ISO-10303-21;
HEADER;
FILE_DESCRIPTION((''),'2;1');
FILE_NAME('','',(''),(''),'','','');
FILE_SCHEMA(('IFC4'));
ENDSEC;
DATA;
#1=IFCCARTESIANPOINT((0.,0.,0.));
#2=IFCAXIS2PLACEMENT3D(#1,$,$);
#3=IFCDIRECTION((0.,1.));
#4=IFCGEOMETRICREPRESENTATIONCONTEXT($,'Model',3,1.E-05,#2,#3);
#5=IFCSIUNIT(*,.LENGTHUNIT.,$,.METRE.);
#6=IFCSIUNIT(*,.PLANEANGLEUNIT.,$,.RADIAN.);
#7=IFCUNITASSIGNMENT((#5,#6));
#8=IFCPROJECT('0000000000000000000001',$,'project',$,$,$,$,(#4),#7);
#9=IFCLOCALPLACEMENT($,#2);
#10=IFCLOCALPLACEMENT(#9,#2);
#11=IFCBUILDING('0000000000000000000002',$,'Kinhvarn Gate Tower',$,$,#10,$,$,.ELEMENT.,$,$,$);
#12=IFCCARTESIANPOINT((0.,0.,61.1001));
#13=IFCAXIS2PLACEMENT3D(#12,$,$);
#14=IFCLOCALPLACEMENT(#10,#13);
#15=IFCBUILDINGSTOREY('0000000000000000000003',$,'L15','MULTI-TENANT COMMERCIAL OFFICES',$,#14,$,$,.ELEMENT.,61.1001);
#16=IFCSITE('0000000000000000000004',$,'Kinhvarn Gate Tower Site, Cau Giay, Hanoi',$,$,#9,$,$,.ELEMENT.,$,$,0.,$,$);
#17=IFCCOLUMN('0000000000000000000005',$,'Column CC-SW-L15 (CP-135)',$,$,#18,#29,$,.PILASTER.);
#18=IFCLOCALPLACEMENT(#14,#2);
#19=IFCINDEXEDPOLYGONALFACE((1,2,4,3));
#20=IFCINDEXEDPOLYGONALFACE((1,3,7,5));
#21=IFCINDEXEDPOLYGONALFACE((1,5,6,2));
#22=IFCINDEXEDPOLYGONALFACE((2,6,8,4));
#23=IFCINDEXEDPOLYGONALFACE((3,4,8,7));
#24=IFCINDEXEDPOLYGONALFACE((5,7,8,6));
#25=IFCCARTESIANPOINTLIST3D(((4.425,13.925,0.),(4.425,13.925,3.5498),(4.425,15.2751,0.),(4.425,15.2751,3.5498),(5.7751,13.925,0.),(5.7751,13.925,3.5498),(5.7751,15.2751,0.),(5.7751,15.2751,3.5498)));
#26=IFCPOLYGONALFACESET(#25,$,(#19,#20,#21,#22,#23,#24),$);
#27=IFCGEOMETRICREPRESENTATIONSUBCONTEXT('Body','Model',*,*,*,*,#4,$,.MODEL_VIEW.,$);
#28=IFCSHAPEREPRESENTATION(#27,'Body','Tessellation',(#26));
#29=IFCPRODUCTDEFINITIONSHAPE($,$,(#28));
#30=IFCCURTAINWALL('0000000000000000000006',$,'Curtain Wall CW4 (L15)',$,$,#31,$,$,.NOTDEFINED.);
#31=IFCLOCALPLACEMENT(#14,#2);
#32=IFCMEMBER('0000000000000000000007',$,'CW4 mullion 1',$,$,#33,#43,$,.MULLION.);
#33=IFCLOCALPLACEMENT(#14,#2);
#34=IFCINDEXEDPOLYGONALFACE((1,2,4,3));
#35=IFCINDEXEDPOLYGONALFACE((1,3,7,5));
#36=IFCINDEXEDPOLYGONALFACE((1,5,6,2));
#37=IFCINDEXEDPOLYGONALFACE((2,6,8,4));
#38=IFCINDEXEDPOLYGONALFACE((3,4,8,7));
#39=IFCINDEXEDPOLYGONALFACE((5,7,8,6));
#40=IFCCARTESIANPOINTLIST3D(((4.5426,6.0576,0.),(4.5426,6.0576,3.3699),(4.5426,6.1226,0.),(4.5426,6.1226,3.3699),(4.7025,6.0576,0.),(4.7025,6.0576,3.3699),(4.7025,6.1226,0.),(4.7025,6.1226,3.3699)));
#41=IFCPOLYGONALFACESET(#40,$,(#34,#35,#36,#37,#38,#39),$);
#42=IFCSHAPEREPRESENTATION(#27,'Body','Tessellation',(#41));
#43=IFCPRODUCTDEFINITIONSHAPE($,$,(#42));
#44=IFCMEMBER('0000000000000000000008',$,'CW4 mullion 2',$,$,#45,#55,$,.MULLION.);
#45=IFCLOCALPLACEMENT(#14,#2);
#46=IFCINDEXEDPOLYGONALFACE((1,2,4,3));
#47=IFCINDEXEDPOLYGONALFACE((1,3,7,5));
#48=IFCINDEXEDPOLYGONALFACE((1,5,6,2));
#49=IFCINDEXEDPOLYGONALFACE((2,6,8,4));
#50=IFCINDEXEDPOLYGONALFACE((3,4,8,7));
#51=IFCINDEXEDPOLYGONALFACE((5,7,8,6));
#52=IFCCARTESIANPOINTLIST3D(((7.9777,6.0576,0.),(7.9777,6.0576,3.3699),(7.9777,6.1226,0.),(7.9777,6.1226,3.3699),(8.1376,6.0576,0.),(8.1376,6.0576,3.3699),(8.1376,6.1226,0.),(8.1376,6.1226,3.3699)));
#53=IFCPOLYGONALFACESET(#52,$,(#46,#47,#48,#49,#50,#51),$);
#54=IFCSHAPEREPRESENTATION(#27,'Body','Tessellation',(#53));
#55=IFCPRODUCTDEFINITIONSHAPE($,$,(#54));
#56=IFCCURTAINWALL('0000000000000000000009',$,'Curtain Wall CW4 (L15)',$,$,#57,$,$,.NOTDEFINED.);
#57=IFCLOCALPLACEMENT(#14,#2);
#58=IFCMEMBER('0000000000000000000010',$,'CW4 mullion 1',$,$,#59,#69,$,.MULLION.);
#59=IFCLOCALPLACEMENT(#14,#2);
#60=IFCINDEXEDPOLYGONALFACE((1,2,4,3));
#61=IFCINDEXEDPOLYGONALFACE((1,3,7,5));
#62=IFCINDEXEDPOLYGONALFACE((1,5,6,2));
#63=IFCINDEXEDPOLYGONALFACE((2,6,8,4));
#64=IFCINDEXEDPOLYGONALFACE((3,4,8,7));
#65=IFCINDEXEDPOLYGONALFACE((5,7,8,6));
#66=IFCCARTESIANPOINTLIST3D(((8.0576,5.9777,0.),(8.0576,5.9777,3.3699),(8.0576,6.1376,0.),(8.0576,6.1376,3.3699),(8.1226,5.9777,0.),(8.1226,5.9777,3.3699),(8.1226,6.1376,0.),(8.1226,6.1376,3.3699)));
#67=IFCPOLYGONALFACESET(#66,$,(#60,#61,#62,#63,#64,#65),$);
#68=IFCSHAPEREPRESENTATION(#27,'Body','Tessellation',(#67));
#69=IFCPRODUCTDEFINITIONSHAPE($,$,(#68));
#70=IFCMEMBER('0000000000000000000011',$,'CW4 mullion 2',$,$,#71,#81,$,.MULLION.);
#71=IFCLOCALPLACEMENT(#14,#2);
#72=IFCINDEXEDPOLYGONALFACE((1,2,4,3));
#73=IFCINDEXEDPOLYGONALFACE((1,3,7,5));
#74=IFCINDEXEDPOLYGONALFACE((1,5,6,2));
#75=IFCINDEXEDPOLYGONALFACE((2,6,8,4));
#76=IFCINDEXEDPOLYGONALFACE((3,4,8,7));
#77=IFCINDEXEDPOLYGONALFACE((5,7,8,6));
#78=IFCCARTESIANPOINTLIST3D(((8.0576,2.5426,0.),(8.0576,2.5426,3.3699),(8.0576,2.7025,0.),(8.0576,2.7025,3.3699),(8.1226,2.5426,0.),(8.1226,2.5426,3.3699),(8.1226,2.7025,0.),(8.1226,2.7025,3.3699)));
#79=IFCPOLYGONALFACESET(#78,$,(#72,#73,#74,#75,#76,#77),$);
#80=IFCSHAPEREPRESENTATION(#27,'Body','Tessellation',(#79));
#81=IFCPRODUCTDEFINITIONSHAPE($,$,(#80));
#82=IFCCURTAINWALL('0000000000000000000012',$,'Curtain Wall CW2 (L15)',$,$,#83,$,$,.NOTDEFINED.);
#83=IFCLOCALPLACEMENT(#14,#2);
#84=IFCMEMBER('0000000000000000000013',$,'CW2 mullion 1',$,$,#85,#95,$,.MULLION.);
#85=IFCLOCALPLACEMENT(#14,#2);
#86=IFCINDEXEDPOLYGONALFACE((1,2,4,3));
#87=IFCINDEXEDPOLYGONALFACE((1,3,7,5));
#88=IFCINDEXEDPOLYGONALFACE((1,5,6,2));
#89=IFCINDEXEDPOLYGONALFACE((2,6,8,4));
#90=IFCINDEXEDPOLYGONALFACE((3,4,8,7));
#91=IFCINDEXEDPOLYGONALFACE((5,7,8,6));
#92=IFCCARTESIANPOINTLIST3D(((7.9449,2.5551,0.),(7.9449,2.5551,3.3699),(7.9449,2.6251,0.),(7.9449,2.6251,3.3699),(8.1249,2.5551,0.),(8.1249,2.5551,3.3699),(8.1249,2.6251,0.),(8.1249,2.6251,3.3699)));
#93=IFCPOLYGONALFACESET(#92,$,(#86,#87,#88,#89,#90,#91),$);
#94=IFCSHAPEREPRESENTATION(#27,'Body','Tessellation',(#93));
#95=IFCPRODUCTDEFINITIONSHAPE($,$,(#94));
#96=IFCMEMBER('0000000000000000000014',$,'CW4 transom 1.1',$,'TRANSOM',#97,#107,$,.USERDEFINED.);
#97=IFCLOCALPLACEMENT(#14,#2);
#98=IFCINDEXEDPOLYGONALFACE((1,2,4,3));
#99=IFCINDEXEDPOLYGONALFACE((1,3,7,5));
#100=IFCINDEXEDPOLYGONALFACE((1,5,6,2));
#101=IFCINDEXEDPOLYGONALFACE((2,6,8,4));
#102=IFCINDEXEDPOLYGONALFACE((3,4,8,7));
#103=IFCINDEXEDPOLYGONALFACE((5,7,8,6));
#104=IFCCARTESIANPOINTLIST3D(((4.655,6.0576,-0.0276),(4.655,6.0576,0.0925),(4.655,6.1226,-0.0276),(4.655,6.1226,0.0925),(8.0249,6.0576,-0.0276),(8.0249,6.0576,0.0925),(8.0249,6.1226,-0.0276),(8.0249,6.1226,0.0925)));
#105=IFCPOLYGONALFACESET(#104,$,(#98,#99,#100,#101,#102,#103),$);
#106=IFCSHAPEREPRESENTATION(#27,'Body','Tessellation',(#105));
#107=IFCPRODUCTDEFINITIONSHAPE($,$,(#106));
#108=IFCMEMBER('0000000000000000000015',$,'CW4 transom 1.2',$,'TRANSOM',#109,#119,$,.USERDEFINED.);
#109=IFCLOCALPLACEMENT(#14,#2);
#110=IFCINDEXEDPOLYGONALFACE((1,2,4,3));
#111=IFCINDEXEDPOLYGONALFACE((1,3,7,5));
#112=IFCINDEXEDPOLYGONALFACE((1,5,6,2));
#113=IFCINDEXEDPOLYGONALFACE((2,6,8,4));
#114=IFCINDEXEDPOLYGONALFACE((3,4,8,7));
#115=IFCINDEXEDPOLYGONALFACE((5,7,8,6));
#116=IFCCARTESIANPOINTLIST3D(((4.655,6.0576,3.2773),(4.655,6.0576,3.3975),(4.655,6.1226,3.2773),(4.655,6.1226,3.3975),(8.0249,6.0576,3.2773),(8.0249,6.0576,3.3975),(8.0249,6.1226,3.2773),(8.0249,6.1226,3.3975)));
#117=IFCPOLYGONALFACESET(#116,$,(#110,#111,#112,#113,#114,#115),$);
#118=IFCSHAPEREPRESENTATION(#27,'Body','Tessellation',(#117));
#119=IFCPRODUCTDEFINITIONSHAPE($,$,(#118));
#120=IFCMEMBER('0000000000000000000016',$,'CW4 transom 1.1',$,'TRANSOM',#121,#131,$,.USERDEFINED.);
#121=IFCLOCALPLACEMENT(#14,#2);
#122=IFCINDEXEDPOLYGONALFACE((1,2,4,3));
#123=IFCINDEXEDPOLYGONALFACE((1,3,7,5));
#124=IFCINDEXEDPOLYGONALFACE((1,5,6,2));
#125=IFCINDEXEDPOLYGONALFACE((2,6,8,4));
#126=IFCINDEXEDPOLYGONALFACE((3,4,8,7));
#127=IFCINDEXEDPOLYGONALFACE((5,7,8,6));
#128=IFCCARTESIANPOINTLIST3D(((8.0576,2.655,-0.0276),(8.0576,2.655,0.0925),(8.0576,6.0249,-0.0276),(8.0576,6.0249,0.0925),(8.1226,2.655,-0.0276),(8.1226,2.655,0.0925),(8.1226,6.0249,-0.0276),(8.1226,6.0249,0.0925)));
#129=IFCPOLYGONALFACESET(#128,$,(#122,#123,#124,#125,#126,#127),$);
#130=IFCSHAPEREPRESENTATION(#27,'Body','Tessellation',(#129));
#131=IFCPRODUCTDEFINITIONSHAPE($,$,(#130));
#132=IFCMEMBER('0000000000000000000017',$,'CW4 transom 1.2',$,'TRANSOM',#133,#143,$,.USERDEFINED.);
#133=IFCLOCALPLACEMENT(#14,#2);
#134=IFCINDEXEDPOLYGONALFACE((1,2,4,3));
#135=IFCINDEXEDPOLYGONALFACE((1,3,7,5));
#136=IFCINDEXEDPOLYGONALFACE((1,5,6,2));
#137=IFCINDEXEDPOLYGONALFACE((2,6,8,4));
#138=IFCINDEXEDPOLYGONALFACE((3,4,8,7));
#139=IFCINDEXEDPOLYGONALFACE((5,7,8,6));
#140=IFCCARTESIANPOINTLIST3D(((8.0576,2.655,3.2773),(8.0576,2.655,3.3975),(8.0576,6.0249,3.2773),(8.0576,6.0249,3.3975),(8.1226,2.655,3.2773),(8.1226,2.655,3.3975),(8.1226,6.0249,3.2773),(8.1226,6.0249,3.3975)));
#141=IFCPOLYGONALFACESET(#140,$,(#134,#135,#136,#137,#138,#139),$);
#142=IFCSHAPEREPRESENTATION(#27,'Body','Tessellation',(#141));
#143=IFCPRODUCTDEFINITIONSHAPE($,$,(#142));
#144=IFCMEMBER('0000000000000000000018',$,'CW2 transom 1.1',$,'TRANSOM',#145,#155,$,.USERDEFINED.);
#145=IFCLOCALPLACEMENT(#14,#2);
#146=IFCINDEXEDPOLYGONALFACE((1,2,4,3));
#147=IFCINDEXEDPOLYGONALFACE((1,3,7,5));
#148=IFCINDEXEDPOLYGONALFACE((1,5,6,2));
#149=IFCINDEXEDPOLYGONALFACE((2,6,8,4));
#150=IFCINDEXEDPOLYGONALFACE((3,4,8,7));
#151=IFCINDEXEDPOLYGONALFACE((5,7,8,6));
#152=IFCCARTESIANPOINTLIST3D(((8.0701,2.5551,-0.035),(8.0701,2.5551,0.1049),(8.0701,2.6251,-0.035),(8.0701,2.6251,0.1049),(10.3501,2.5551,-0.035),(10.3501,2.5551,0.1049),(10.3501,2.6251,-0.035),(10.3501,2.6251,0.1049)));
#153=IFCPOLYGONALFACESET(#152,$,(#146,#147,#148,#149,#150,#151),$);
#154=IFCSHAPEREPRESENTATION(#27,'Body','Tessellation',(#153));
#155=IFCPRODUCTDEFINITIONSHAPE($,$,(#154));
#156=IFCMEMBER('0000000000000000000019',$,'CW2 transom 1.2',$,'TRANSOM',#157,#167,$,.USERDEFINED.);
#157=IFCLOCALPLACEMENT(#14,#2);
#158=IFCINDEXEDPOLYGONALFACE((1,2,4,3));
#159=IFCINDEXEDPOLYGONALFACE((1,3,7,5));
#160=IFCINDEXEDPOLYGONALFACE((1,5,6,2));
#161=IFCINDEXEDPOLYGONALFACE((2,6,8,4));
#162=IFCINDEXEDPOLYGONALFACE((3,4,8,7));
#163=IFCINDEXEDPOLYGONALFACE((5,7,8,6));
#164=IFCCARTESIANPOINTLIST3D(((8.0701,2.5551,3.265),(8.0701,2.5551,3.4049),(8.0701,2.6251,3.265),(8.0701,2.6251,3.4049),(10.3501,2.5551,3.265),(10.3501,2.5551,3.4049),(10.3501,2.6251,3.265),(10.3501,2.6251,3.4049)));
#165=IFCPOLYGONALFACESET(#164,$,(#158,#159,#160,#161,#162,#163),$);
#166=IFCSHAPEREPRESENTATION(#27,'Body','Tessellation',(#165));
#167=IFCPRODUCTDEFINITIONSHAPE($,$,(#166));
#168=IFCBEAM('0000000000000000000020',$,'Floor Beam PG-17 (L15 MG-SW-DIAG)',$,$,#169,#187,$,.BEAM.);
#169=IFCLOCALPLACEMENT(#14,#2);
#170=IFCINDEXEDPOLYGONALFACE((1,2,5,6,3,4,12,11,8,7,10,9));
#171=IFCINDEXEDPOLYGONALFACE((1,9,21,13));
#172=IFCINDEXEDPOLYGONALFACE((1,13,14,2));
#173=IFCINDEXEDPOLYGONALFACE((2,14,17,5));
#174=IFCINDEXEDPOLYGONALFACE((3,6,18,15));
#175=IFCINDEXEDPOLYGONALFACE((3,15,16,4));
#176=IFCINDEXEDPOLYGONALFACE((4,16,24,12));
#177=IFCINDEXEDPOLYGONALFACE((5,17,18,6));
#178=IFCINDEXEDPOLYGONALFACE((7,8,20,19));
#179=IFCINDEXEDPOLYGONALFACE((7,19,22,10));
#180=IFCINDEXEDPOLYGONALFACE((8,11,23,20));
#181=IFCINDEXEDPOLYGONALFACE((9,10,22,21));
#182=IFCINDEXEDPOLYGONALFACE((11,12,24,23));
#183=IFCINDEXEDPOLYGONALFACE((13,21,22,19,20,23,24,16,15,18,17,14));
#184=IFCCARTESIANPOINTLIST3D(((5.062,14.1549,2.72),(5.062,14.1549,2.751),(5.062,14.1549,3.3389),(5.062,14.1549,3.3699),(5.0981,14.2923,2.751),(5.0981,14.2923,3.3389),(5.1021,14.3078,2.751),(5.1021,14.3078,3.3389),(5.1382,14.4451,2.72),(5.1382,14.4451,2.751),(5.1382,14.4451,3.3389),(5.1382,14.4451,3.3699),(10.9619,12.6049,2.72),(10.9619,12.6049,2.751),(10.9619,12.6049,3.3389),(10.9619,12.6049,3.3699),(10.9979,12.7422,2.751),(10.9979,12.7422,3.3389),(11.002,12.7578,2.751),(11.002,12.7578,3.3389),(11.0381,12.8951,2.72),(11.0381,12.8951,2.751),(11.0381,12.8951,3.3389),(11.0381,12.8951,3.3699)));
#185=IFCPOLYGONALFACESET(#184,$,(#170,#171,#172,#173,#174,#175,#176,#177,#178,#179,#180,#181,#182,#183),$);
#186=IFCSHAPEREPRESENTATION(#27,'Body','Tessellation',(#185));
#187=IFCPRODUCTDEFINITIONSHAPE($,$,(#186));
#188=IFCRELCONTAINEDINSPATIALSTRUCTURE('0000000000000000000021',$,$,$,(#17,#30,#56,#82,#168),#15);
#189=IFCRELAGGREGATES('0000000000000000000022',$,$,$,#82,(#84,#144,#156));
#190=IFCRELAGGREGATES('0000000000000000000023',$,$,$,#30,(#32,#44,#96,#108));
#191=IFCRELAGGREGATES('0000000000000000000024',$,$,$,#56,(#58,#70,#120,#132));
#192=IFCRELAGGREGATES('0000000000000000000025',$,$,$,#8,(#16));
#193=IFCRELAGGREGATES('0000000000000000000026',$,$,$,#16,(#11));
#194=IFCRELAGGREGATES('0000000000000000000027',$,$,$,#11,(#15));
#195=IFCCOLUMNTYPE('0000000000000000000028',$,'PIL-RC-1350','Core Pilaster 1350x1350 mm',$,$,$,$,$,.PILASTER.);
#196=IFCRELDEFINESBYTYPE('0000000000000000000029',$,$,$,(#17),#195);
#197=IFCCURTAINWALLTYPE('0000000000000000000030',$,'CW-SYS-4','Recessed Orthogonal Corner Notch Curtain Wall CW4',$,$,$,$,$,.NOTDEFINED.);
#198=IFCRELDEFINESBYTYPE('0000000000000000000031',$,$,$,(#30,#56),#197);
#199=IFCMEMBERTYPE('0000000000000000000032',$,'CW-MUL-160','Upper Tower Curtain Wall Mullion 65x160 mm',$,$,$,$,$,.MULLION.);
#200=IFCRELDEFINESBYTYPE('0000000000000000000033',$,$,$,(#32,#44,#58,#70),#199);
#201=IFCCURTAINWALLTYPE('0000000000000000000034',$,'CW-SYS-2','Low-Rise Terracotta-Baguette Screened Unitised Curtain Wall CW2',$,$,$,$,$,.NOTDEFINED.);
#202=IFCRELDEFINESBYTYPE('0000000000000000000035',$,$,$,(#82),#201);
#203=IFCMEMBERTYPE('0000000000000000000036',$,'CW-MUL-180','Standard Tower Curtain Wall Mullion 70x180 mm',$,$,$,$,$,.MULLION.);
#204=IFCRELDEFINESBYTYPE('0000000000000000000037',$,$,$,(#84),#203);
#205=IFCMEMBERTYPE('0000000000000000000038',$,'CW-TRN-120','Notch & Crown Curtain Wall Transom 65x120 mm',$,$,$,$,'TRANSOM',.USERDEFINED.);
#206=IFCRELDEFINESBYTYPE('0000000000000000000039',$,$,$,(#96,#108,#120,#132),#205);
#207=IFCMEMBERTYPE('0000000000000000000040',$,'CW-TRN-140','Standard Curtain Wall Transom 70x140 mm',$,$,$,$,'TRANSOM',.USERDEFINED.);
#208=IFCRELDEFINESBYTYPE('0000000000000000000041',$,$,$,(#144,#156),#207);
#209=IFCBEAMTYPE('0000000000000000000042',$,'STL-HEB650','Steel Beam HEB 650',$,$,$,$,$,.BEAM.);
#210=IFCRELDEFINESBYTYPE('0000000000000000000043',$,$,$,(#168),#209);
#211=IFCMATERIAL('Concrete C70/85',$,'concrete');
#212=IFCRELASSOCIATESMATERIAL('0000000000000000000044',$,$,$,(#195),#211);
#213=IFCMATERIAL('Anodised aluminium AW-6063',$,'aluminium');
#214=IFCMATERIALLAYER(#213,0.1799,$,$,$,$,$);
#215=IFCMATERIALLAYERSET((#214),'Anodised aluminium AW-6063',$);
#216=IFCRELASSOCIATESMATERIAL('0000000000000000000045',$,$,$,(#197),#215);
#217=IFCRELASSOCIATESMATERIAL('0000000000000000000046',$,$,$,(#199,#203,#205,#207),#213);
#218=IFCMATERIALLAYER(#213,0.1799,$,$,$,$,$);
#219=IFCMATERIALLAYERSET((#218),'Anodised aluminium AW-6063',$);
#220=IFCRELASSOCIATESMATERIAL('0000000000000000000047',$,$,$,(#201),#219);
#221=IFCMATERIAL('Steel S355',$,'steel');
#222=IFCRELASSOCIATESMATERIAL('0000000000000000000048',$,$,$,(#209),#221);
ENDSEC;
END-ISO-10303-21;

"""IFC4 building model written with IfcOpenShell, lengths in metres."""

from ifc_helpers import new_model, si_unit, direction, frame, origin, origin_2d, place, context, subcontext, project, spatial, rectangle, i_section, extrude, material, layer, layer_set, material_profile, profile_set, type_object, element, aggregate, save


model = new_model("IFC4")

# Units and contexts
model_context = context("Model", 3, precision=1e-05, world=origin(), true_north=direction((0.0, 1.0)))
body_context = subcontext(model_context, "Body", "Model", "MODEL_VIEW")
ifc_project = project(units=[si_unit("LENGTHUNIT", "METRE"), si_unit("PLANEANGLEUNIT", "RADIAN")], contexts=[model_context])

# Site, building, storey
site_placement = place(None, origin())
site = spatial("IfcSite", under=ifc_project, at=site_placement, Name="Kinhvarn Gate Tower Site, Cau Giay, Hanoi", CompositionType="ELEMENT", RefElevation=0.0)
building_placement = place(site_placement, origin())
building = spatial("IfcBuilding", under=site, at=building_placement, Name="Kinhvarn Gate Tower", CompositionType="ELEMENT")
storey_placement = place(building_placement, frame((0.0, 0.0, 61.1001)))
storey = spatial("IfcBuildingStorey", under=building, at=storey_placement, Name="L15", Description="MULTI-TENANT COMMERCIAL OFFICES", CompositionType="ELEMENT", Elevation=61.1001)

# Column
ifc_material_1 = material(Name="Concrete C70/85", Category="concrete")
ifc_material_profile_1 = material_profile(ifc_material_1, rectangle(XDim=1.3501, YDim=1.3501, at=origin_2d()), Name="RC 1350x1350")
ifc_profile_set_1 = profile_set([ifc_material_profile_1], Name="Concrete C70/85")
column_type = type_object("IfcColumnType", Name="PIL-RC-1350", Description="Core Pilaster 1350x1350 mm", PredefinedType="PILASTER", material=ifc_profile_set_1)
column_placement = place(storey_placement, frame((5.1001, 14.6001, 0.0), z_axis=(0.0, 0.0, 1.0), x_axis=(1.0, 0.0, 0.0)))
element("IfcColumn", 1, at=column_placement, inside=storey, type_object=column_type, Name="Column CC-SW-L15 (CP-135)", PredefinedType="PILASTER", context=body_context, shape_type="SweptSolid", body=[
    extrude(rectangle(XDim=1.3501, YDim=1.3501, at=origin_2d()), origin(), (0.0, 0.0, 1.0), 3.5498),
])

# Curtain walls, members
ifc_material_2 = material(Name="Anodised aluminium AW-6063", Category="aluminium")
ifc_layer_1 = layer(ifc_material_2, 0.1799)
ifc_layer_set_1 = layer_set([ifc_layer_1], Name="Anodised aluminium AW-6063")
curtain_wall_type_1 = type_object("IfcCurtainWallType", Name="CW-SYS-4", Description="Recessed Orthogonal Corner Notch Curtain Wall CW4", PredefinedType="NOTDEFINED", material=ifc_layer_set_1)
curtain_wall_1_placement = place(storey_placement, origin())
curtain_wall_1 = element("IfcCurtainWall", 2, at=curtain_wall_1_placement, inside=storey, type_object=curtain_wall_type_1, Name="Curtain Wall CW4 (L15)", PredefinedType="NOTDEFINED")
ifc_material_profile_2 = material_profile(ifc_material_2, rectangle(XDim=0.0649, YDim=0.1599, at=origin_2d()), Name="ALU 65x160")
ifc_profile_set_2 = profile_set([ifc_material_profile_2], Name="Anodised aluminium AW-6063")
member_type_1 = type_object("IfcMemberType", Name="CW-MUL-160", Description="Upper Tower Curtain Wall Mullion 65x160 mm", PredefinedType="MULLION", material=ifc_profile_set_2)
member_1_placement = place(storey_placement, frame((4.6226, 6.0901, 0.0), z_axis=(0.0, 0.0, 1.0), x_axis=(0.0, 1.0, 0.0)))
member_1 = element("IfcMember", 3, at=member_1_placement, type_object=member_type_1, Name="CW4 mullion 1", PredefinedType="MULLION", context=body_context, shape_type="SweptSolid", body=[
    extrude(rectangle(XDim=0.0649, YDim=0.1599, at=origin_2d()), origin(), (0.0, 0.0, 1.0), 3.3699),
])
member_2_placement = place(storey_placement, frame((8.0576, 6.0901, 0.0), z_axis=(0.0, 0.0, 1.0), x_axis=(0.0, 1.0, 0.0)))
member_2 = element("IfcMember", 4, at=member_2_placement, type_object=member_type_1, Name="CW4 mullion 2", PredefinedType="MULLION", context=body_context, shape_type="SweptSolid", body=[
    extrude(rectangle(XDim=0.0649, YDim=0.1599, at=origin_2d()), origin(), (0.0, 0.0, 1.0), 3.3699),
])
curtain_wall_2_placement = place(storey_placement, origin())
curtain_wall_2 = element("IfcCurtainWall", 5, at=curtain_wall_2_placement, inside=storey, type_object=curtain_wall_type_1, Name="Curtain Wall CW4 (L15)", PredefinedType="NOTDEFINED")
member_3_placement = place(storey_placement, frame((8.0901, 6.0576, 0.0), z_axis=(0.0, 0.0, 1.0), x_axis=(1.0, 0.0, 0.0)))
member_3 = element("IfcMember", 6, at=member_3_placement, type_object=member_type_1, Name="CW4 mullion 1", PredefinedType="MULLION", context=body_context, shape_type="SweptSolid", body=[
    extrude(rectangle(XDim=0.0649, YDim=0.1599, at=origin_2d()), origin(), (0.0, 0.0, 1.0), 3.3699),
])
member_4_placement = place(storey_placement, frame((8.0901, 2.6226, 0.0), z_axis=(0.0, 0.0, 1.0), x_axis=(1.0, 0.0, 0.0)))
member_4 = element("IfcMember", 7, at=member_4_placement, type_object=member_type_1, Name="CW4 mullion 2", PredefinedType="MULLION", context=body_context, shape_type="SweptSolid", body=[
    extrude(rectangle(XDim=0.0649, YDim=0.1599, at=origin_2d()), origin(), (0.0, 0.0, 1.0), 3.3699),
])

# Curtain wall, member
ifc_layer_2 = layer(ifc_material_2, 0.1799)
ifc_layer_set_2 = layer_set([ifc_layer_2], Name="Anodised aluminium AW-6063")
curtain_wall_type_2 = type_object("IfcCurtainWallType", Name="CW-SYS-2", Description="Low-Rise Terracotta-Baguette Screened Unitised Curtain Wall CW2", PredefinedType="NOTDEFINED", material=ifc_layer_set_2)
curtain_wall_3_placement = place(storey_placement, origin())
curtain_wall_3 = element("IfcCurtainWall", 8, at=curtain_wall_3_placement, inside=storey, type_object=curtain_wall_type_2, Name="Curtain Wall CW2 (L15)", PredefinedType="NOTDEFINED")
ifc_material_profile_3 = material_profile(ifc_material_2, rectangle(XDim=0.0701, YDim=0.1799, at=origin_2d()), Name="ALU 70x180")
ifc_profile_set_3 = profile_set([ifc_material_profile_3], Name="Anodised aluminium AW-6063")
member_type_2 = type_object("IfcMemberType", Name="CW-MUL-180", Description="Standard Tower Curtain Wall Mullion 70x180 mm", PredefinedType="MULLION", material=ifc_profile_set_3)
member_5_placement = place(storey_placement, frame((8.0349, 2.5901, 0.0), z_axis=(0.0, 0.0, 1.0), x_axis=(0.0, 1.0, 0.0)))
member_5 = element("IfcMember", 9, at=member_5_placement, type_object=member_type_2, Name="CW2 mullion 1", PredefinedType="MULLION", context=body_context, shape_type="SweptSolid", body=[
    extrude(rectangle(XDim=0.0701, YDim=0.1799, at=origin_2d()), origin(), (0.0, 0.0, 1.0), 3.3699),
])

# Members
ifc_material_profile_4 = material_profile(ifc_material_2, rectangle(XDim=0.0649, YDim=0.1201, at=origin_2d()), Name="ALU 65x120")
ifc_profile_set_4 = profile_set([ifc_material_profile_4], Name="Anodised aluminium AW-6063")
member_type_3 = type_object("IfcMemberType", Name="CW-TRN-120", Description="Notch & Crown Curtain Wall Transom 65x120 mm", ElementType="TRANSOM", PredefinedType="USERDEFINED", material=ifc_profile_set_4)
member_6_placement = place(storey_placement, frame((4.655, 6.0901, 0.0325), z_axis=(1.0, 0.0, 0.0), x_axis=(0.0, 1.0, 0.0)))
member_6 = element("IfcMember", 10, at=member_6_placement, type_object=member_type_3, Name="CW4 transom 1.1", ObjectType="TRANSOM", PredefinedType="USERDEFINED", context=body_context, shape_type="SweptSolid", body=[
    extrude(rectangle(XDim=0.0649, YDim=0.1201, at=origin_2d()), origin(), (0.0, 0.0, 1.0), 3.3699),
])
member_7_placement = place(storey_placement, frame((4.655, 6.0901, 3.3374), z_axis=(1.0, 0.0, 0.0), x_axis=(0.0, 1.0, 0.0)))
member_7 = element("IfcMember", 11, at=member_7_placement, type_object=member_type_3, Name="CW4 transom 1.2", ObjectType="TRANSOM", PredefinedType="USERDEFINED", context=body_context, shape_type="SweptSolid", body=[
    extrude(rectangle(XDim=0.0649, YDim=0.1201, at=origin_2d()), origin(), (0.0, 0.0, 1.0), 3.3699),
])
member_8_placement = place(storey_placement, frame((8.0901, 6.0249, 0.0325), z_axis=(0.0, -1.0, 0.0), x_axis=(1.0, 0.0, 0.0)))
member_8 = element("IfcMember", 12, at=member_8_placement, type_object=member_type_3, Name="CW4 transom 1.1", ObjectType="TRANSOM", PredefinedType="USERDEFINED", context=body_context, shape_type="SweptSolid", body=[
    extrude(rectangle(XDim=0.0649, YDim=0.1201, at=origin_2d()), origin(), (0.0, 0.0, 1.0), 3.3699),
])
member_9_placement = place(storey_placement, frame((8.0901, 6.0249, 3.3374), z_axis=(0.0, -1.0, 0.0), x_axis=(1.0, 0.0, 0.0)))
member_9 = element("IfcMember", 13, at=member_9_placement, type_object=member_type_3, Name="CW4 transom 1.2", ObjectType="TRANSOM", PredefinedType="USERDEFINED", context=body_context, shape_type="SweptSolid", body=[
    extrude(rectangle(XDim=0.0649, YDim=0.1201, at=origin_2d()), origin(), (0.0, 0.0, 1.0), 3.3699),
])
ifc_material_profile_5 = material_profile(ifc_material_2, rectangle(XDim=0.0701, YDim=0.1399, at=origin_2d()), Name="ALU 70x140")
ifc_profile_set_5 = profile_set([ifc_material_profile_5], Name="Anodised aluminium AW-6063")
member_type_4 = type_object("IfcMemberType", Name="CW-TRN-140", Description="Standard Curtain Wall Transom 70x140 mm", ElementType="TRANSOM", PredefinedType="USERDEFINED", material=ifc_profile_set_5)
member_10_placement = place(storey_placement, frame((8.0701, 2.5901, 0.0349), z_axis=(1.0, 0.0, 0.0), x_axis=(0.0, 1.0, 0.0)))
member_10 = element("IfcMember", 14, at=member_10_placement, type_object=member_type_4, Name="CW2 transom 1.1", ObjectType="TRANSOM", PredefinedType="USERDEFINED", context=body_context, shape_type="SweptSolid", body=[
    extrude(rectangle(XDim=0.0701, YDim=0.1399, at=origin_2d()), origin(), (0.0, 0.0, 1.0), 2.28),
])
member_11_placement = place(storey_placement, frame((8.0701, 2.5901, 3.335), z_axis=(1.0, 0.0, 0.0), x_axis=(0.0, 1.0, 0.0)))
member_11 = element("IfcMember", 15, at=member_11_placement, type_object=member_type_4, Name="CW2 transom 1.2", ObjectType="TRANSOM", PredefinedType="USERDEFINED", context=body_context, shape_type="SweptSolid", body=[
    extrude(rectangle(XDim=0.0701, YDim=0.1399, at=origin_2d()), origin(), (0.0, 0.0, 1.0), 2.28),
])
aggregate(curtain_wall_3, [member_5, member_10, member_11])

# Beam
ifc_material_3 = material(Name="Steel S355", Category="steel")
ifc_material_profile_6 = material_profile(ifc_material_3, i_section(OverallWidth=0.3, OverallDepth=0.6499, WebThickness=0.0161, FlangeThickness=0.031, at=origin_2d()), Name="HEB 650")
ifc_profile_set_6 = profile_set([ifc_material_profile_6], Name="Steel S355")
beam_type = type_object("IfcBeamType", Name="STL-HEB650", Description="Steel Beam HEB 650", PredefinedType="BEAM", material=ifc_profile_set_6)
beam_placement = place(storey_placement, frame((5.1001, 14.3, 3.0449), z_axis=(0.967178, -0.254101, 0.0), x_axis=(0.254101, 0.967178, 0.0)))
element("IfcBeam", 16, at=beam_placement, inside=storey, type_object=beam_type, Name="Floor Beam PG-17 (L15 MG-SW-DIAG)", PredefinedType="BEAM", context=body_context, shape_type="SweptSolid", body=[
    extrude(i_section(OverallWidth=0.3, OverallDepth=0.6499, WebThickness=0.0161, FlangeThickness=0.031, at=origin_2d()), origin(), (0.0, 0.0, 1.0), 6.1001),
])

aggregate(curtain_wall_1, [member_1, member_2, member_6, member_7])
aggregate(curtain_wall_2, [member_3, member_4, member_8, member_9])

save(model, "model.ifc")
